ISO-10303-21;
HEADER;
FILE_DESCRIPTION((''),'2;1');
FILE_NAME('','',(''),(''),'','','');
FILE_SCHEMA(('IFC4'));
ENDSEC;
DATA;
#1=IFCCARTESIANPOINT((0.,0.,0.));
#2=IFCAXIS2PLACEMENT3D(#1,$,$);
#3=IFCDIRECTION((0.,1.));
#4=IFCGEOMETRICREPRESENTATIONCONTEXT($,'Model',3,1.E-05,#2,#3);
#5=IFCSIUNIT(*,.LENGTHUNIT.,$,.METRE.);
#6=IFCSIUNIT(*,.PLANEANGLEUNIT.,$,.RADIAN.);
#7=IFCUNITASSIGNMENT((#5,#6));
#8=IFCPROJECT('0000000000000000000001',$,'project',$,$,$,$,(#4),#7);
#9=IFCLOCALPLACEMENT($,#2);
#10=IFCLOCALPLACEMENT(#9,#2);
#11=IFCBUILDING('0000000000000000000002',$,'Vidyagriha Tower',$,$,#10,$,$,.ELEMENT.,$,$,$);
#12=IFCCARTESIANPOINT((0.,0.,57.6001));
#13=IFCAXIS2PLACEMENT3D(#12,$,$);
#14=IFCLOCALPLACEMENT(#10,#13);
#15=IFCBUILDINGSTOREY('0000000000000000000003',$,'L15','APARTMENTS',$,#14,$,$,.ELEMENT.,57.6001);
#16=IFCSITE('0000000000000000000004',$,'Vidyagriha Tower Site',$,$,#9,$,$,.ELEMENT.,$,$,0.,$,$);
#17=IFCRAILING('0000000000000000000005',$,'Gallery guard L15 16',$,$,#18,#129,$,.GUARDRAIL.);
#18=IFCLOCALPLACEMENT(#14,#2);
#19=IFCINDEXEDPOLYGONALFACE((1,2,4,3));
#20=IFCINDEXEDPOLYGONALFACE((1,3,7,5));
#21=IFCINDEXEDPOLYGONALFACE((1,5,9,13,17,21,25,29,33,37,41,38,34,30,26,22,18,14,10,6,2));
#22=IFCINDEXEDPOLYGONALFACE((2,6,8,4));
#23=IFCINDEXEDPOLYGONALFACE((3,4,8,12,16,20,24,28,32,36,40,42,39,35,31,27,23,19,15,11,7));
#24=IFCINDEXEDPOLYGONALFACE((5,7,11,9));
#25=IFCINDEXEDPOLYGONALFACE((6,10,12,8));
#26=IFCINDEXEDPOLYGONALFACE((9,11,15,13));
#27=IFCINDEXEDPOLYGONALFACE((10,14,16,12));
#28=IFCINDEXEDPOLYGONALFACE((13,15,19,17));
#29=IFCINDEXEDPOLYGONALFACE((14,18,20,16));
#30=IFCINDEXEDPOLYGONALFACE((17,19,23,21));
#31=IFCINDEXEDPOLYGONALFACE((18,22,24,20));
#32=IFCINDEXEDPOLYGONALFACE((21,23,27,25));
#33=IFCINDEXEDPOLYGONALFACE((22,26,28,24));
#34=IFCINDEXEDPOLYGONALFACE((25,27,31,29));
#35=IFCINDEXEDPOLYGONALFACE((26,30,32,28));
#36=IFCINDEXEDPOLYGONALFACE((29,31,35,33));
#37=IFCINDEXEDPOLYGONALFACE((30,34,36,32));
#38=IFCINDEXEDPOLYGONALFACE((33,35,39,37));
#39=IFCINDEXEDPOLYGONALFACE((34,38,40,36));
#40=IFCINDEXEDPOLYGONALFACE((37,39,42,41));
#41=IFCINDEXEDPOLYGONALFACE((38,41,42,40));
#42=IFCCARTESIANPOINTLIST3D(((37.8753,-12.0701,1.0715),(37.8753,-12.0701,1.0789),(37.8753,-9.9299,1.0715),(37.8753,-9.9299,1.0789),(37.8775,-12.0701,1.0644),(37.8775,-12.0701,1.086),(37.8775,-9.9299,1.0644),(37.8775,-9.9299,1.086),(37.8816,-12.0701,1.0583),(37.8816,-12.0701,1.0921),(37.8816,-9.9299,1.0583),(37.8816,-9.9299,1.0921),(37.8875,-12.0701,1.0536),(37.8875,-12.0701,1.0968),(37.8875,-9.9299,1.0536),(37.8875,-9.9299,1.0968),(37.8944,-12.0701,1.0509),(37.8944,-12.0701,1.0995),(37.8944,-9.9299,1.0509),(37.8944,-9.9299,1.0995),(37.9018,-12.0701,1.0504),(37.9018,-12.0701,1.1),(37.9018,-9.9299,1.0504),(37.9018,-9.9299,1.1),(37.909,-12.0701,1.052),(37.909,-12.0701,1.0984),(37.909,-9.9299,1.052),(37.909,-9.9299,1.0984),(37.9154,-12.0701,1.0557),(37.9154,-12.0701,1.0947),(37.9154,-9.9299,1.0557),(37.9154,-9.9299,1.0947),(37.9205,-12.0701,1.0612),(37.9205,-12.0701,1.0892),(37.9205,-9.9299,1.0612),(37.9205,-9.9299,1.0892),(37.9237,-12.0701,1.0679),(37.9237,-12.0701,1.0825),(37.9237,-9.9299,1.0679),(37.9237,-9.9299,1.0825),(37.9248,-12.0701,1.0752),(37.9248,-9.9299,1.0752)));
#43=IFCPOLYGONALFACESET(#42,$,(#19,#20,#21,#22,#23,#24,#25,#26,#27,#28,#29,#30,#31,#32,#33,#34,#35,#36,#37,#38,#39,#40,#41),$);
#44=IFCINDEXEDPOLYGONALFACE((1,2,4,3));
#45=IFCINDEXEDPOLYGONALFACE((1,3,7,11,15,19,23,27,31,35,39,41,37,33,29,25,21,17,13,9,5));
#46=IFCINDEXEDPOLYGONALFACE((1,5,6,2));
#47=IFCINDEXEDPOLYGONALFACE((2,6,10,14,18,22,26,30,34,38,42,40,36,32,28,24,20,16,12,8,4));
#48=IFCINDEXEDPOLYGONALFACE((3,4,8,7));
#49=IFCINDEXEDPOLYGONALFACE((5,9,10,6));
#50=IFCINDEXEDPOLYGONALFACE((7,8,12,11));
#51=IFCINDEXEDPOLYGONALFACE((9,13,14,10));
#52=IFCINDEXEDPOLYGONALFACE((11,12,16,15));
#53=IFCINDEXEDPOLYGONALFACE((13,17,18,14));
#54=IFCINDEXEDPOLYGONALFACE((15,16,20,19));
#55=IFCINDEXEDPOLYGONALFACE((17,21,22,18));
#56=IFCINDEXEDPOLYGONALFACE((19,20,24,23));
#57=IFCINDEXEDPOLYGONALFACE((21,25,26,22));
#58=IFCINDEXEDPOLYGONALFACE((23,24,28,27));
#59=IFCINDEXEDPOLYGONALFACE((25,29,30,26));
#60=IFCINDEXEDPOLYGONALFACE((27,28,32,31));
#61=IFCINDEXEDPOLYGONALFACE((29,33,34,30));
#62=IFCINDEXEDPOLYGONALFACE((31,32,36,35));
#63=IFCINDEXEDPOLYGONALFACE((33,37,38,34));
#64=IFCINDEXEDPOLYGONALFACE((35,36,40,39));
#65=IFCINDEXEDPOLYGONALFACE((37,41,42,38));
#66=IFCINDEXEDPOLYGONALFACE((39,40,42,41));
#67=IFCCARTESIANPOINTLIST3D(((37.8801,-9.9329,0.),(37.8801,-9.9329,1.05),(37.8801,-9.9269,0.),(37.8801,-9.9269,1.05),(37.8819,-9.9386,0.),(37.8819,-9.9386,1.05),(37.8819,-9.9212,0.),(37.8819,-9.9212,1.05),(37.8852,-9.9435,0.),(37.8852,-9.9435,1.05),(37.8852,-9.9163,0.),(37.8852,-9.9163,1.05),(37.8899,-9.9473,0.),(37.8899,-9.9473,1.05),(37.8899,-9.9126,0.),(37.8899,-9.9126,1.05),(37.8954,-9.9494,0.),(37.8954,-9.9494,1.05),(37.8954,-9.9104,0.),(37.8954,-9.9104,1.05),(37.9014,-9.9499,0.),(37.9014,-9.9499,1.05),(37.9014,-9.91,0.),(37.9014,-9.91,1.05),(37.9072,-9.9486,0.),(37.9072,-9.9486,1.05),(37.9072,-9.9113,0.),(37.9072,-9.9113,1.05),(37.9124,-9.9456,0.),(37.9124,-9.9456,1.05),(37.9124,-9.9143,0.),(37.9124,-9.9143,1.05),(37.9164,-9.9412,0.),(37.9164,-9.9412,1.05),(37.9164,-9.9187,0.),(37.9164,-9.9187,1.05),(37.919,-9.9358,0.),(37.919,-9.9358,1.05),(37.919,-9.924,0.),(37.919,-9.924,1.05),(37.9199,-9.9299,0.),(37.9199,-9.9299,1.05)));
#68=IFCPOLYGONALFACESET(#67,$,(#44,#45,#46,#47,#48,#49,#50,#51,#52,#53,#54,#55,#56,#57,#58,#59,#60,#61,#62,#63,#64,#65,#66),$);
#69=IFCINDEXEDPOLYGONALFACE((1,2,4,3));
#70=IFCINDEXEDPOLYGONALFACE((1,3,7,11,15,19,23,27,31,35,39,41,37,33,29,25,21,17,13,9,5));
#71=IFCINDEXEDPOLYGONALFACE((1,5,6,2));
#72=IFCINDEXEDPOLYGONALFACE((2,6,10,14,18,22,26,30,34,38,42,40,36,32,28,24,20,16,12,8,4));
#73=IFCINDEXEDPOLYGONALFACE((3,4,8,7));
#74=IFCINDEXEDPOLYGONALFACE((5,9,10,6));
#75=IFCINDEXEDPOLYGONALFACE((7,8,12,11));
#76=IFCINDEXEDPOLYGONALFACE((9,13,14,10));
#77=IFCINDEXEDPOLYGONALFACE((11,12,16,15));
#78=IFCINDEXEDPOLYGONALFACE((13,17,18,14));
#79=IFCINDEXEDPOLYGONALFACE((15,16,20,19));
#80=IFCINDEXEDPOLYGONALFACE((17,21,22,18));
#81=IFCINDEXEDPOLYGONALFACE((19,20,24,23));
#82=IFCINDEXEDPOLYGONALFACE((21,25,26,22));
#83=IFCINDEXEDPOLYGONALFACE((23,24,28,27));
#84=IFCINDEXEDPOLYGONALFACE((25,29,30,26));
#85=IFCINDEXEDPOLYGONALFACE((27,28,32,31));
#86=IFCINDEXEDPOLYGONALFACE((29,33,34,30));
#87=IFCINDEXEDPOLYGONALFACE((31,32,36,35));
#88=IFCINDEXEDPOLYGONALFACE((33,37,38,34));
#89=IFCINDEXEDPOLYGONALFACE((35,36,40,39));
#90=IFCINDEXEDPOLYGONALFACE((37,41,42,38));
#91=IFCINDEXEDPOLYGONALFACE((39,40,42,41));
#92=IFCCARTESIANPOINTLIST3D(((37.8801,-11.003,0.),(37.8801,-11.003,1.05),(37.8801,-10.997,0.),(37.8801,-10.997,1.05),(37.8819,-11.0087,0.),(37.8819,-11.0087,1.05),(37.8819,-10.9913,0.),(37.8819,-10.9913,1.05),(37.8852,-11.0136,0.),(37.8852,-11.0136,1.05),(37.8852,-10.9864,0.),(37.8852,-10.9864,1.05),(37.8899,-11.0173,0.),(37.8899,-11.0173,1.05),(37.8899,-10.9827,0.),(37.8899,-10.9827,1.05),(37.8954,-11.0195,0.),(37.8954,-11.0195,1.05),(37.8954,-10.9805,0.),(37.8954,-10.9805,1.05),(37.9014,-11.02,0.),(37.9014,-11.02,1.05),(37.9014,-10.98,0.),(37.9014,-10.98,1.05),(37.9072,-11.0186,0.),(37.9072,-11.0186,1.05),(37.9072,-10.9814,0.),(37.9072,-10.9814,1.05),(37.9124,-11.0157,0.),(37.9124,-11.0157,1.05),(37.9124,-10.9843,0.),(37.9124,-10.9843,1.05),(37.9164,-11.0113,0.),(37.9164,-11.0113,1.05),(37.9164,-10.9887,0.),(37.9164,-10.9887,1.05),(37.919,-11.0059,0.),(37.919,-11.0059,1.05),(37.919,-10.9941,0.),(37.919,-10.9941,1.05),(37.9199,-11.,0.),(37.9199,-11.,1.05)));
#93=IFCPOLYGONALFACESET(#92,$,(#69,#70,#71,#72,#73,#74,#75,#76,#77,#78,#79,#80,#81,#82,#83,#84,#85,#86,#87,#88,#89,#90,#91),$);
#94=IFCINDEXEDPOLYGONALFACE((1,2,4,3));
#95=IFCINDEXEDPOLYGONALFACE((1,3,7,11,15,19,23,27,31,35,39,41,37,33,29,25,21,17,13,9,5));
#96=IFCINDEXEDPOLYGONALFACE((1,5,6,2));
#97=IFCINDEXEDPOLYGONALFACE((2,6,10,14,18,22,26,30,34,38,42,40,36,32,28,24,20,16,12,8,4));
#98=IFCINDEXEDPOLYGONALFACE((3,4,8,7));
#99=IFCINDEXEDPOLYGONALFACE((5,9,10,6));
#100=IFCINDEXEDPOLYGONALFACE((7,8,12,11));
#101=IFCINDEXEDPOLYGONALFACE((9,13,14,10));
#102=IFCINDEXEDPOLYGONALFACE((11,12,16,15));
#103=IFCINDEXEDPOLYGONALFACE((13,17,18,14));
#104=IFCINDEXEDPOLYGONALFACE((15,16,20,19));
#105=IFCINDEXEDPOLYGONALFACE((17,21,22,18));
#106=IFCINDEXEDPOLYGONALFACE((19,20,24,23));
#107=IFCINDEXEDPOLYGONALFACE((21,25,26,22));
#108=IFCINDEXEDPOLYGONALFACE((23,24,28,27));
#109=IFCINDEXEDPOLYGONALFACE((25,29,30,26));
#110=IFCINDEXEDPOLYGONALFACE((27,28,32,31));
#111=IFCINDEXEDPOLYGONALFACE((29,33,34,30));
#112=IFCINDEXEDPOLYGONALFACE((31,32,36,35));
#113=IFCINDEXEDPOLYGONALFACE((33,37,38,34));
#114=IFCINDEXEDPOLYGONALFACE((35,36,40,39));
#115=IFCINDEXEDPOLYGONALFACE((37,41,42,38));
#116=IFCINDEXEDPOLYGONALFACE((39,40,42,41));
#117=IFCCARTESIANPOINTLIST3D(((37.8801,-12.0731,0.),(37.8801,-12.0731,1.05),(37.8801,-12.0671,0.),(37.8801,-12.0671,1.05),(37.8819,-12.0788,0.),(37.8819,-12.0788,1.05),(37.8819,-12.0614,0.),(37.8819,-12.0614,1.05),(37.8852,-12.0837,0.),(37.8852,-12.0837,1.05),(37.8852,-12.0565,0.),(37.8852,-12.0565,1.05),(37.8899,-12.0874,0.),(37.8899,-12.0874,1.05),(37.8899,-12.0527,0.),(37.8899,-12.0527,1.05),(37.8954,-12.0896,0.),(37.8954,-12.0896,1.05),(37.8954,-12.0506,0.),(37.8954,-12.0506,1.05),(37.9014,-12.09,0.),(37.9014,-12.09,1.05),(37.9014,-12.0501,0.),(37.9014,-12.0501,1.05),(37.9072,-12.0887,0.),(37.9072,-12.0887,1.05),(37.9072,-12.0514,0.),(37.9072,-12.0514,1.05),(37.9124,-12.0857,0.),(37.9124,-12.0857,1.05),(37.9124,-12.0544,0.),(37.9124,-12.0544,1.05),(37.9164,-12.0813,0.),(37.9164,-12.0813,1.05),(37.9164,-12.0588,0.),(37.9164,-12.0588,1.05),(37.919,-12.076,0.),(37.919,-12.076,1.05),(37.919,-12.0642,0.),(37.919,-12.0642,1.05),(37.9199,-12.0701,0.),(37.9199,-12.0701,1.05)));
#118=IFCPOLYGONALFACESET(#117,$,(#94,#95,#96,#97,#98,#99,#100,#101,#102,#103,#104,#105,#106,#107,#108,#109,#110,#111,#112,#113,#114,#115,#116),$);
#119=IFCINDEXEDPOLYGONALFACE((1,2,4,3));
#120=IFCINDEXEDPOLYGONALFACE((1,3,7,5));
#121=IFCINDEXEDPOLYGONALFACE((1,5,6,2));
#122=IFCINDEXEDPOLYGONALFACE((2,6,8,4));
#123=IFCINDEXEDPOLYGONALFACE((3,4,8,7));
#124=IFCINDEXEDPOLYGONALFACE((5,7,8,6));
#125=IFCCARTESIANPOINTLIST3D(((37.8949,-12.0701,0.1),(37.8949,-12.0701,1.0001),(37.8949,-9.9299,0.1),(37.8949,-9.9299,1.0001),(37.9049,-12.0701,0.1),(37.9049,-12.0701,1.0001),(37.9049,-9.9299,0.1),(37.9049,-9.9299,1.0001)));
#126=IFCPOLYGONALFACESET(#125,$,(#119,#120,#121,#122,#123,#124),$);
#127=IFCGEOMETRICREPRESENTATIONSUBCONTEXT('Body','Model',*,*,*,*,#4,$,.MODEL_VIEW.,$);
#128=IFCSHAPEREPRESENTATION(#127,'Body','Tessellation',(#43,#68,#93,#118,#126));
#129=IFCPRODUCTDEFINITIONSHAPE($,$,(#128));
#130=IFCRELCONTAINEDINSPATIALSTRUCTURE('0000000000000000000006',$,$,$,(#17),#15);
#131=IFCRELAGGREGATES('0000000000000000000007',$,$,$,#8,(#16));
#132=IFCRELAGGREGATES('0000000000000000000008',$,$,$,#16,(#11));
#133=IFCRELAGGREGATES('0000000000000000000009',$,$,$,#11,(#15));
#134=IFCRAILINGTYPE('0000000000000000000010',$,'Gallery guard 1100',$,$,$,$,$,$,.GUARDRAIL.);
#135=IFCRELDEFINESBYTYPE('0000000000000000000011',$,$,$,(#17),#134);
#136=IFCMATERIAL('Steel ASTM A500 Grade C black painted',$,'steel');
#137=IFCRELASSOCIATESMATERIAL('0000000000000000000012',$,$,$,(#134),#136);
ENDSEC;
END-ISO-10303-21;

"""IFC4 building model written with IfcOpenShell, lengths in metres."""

from ifc_helpers import new_model, si_unit, direction, frame, origin, origin_2d, place, context, subcontext, project, spatial, rectangle, circle, extrude, material, type_object, element, save


model = new_model("IFC4")

# Units and contexts
model_context = context("Model", 3, precision=1e-05, world=origin(), true_north=direction((0.0, 1.0)))
body_context = subcontext(model_context, "Body", "Model", "MODEL_VIEW")
ifc_project = project(units=[si_unit("LENGTHUNIT", "METRE"), si_unit("PLANEANGLEUNIT", "RADIAN")], contexts=[model_context])

# Site, building, storey
site_placement = place(None, origin())
site = spatial("IfcSite", under=ifc_project, at=site_placement, Name="Vidyagriha Tower Site", CompositionType="ELEMENT", RefElevation=0.0)
building_placement = place(site_placement, origin())
building = spatial("IfcBuilding", under=site, at=building_placement, Name="Vidyagriha Tower", CompositionType="ELEMENT")
storey_placement = place(building_placement, frame((0.0, 0.0, 57.6001)))
storey = spatial("IfcBuildingStorey", under=building, at=storey_placement, Name="L15", Description="APARTMENTS", CompositionType="ELEMENT", Elevation=57.6001)

# Railing
ifc_material_1 = material(Name="Steel ASTM A500 Grade C black painted", Category="steel")
railing_type = type_object("IfcRailingType", Name="Gallery guard 1100", PredefinedType="GUARDRAIL", material=ifc_material_1)
railing_1_placement = place(storey_placement, frame((37.8999, -9.9299, 0.0)))
element("IfcRailing", 1, at=railing_1_placement, inside=storey, type_object=railing_type, Name="Gallery guard L15 16", PredefinedType="GUARDRAIL", context=body_context, shape_type="SweptSolid", body=[
    extrude(circle(Radius=0.0249, at=origin_2d()), frame((0.0, 0.0, 1.0752), z_axis=(0.0, -1.0, 0.0), x_axis=(1.0, 0.0, 0.0)), (0.0, 0.0, 1.0), 2.1401),
    extrude(circle(Radius=0.02, at=origin_2d()), origin(), (0.0, 0.0, 1.0), 1.05),
    extrude(circle(Radius=0.02, at=origin_2d()), frame((0.0, -1.0701, 0.0)), (0.0, 0.0, 1.0), 1.05),
    extrude(circle(Radius=0.02, at=origin_2d()), frame((0.0, -2.1401, 0.0)), (0.0, 0.0, 1.0), 1.05),
    extrude(rectangle(XDim=0.01, YDim=0.9001, at=origin_2d()), frame((0.0, 0.0, 0.55), z_axis=(0.0, -1.0, 0.0), x_axis=(1.0, 0.0, 0.0)), (0.0, 0.0, 1.0), 2.1401),
])

save(model, "model.ifc")
